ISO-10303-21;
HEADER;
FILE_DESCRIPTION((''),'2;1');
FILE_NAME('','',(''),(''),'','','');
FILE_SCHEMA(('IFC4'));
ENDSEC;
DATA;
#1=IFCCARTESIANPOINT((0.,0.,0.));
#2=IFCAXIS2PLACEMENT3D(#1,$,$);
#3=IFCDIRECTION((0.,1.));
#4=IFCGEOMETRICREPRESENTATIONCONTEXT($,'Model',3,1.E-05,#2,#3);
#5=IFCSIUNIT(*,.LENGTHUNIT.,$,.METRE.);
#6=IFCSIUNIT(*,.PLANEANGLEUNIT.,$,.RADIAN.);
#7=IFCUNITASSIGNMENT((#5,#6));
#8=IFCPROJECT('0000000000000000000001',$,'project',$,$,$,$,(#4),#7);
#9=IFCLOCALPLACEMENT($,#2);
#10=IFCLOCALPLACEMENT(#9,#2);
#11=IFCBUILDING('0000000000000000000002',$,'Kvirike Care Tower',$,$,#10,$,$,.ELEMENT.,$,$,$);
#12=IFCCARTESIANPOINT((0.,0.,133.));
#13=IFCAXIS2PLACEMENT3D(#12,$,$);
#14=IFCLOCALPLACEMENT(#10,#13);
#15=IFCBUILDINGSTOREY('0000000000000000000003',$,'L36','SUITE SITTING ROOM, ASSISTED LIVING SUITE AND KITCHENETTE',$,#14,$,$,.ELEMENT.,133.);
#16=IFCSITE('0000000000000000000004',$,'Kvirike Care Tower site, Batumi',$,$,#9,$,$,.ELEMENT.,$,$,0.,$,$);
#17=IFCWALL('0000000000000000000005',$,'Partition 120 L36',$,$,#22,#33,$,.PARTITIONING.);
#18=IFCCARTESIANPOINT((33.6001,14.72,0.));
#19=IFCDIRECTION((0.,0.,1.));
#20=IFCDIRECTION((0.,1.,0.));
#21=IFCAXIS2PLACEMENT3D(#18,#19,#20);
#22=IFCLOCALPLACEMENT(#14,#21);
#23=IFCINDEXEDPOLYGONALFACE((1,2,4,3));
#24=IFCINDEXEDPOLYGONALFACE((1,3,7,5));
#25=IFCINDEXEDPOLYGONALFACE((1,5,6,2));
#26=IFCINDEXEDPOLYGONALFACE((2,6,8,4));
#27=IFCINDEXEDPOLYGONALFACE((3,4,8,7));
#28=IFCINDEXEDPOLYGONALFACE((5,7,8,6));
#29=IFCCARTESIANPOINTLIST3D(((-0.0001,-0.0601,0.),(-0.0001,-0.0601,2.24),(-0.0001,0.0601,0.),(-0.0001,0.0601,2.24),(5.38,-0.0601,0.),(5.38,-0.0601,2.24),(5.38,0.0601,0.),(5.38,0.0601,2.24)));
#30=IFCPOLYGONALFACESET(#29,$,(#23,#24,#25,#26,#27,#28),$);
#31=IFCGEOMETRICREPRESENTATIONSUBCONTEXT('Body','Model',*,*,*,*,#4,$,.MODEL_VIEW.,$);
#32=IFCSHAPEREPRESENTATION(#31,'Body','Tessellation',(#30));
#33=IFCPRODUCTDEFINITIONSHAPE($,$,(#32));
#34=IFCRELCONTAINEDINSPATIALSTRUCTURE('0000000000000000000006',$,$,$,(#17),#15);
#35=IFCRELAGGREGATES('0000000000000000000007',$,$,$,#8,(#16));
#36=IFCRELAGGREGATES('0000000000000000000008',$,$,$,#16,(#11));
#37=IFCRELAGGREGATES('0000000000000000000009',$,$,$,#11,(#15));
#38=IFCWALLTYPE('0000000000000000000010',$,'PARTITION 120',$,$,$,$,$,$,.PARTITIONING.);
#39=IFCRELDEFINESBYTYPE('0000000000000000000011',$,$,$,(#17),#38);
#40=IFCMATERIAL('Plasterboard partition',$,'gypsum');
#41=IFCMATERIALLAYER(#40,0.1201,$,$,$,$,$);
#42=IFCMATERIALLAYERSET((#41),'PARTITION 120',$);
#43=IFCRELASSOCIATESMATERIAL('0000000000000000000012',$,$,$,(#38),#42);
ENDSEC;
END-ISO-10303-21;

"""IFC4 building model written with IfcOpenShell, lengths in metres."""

from ifc_helpers import new_model, si_unit, direction, frame, frame_2d, origin, place, context, subcontext, project, spatial, rectangle, extrude, material, layer, layer_set, type_object, element, save


model = new_model("IFC4")

# Units and contexts
model_context = context("Model", 3, precision=1e-05, world=origin(), true_north=direction((0.0, 1.0)))
body_context = subcontext(model_context, "Body", "Model", "MODEL_VIEW")
ifc_project = project(units=[si_unit("LENGTHUNIT", "METRE"), si_unit("PLANEANGLEUNIT", "RADIAN")], contexts=[model_context])

# Site, building, storey
site_placement = place(None, origin())
site = spatial("IfcSite", under=ifc_project, at=site_placement, Name="Kvirike Care Tower site, Batumi", CompositionType="ELEMENT", RefElevation=0.0)
building_placement = place(site_placement, origin())
building = spatial("IfcBuilding", under=site, at=building_placement, Name="Kvirike Care Tower", CompositionType="ELEMENT")
storey_placement = place(building_placement, frame((0.0, 0.0, 133.0)))
storey = spatial("IfcBuildingStorey", under=building, at=storey_placement, Name="L36", Description="SUITE SITTING ROOM, ASSISTED LIVING SUITE AND KITCHENETTE", CompositionType="ELEMENT", Elevation=133.0)

# Shared definitions
ifc_material_1 = material(Name="Plasterboard partition", Category="gypsum")
ifc_layer_1 = layer(ifc_material_1, 0.1201)
ifc_layer_set_1 = layer_set([ifc_layer_1], Name="PARTITION 120")
wall_type_1 = type_object("IfcWallType", Name="PARTITION 120", PredefinedType="PARTITIONING", material=ifc_layer_set_1)

# Wall
wall_1_placement = place(storey_placement, frame((33.6001, 14.72, 0.0), z_axis=(0.0, 0.0, 1.0), x_axis=(0.0, 1.0, 0.0)))
element("IfcWall", 1, at=wall_1_placement, inside=storey, type_object=wall_type_1, Name="Partition 120 L36", PredefinedType="PARTITIONING", context=body_context, shape_type="SweptSolid", body=[
    extrude(rectangle(XDim=5.3801, YDim=0.1201, at=frame_2d((2.6899, 0.0))), origin(), (0.0, 0.0, 1.0), 2.24),
])

save(model, "model.ifc")
